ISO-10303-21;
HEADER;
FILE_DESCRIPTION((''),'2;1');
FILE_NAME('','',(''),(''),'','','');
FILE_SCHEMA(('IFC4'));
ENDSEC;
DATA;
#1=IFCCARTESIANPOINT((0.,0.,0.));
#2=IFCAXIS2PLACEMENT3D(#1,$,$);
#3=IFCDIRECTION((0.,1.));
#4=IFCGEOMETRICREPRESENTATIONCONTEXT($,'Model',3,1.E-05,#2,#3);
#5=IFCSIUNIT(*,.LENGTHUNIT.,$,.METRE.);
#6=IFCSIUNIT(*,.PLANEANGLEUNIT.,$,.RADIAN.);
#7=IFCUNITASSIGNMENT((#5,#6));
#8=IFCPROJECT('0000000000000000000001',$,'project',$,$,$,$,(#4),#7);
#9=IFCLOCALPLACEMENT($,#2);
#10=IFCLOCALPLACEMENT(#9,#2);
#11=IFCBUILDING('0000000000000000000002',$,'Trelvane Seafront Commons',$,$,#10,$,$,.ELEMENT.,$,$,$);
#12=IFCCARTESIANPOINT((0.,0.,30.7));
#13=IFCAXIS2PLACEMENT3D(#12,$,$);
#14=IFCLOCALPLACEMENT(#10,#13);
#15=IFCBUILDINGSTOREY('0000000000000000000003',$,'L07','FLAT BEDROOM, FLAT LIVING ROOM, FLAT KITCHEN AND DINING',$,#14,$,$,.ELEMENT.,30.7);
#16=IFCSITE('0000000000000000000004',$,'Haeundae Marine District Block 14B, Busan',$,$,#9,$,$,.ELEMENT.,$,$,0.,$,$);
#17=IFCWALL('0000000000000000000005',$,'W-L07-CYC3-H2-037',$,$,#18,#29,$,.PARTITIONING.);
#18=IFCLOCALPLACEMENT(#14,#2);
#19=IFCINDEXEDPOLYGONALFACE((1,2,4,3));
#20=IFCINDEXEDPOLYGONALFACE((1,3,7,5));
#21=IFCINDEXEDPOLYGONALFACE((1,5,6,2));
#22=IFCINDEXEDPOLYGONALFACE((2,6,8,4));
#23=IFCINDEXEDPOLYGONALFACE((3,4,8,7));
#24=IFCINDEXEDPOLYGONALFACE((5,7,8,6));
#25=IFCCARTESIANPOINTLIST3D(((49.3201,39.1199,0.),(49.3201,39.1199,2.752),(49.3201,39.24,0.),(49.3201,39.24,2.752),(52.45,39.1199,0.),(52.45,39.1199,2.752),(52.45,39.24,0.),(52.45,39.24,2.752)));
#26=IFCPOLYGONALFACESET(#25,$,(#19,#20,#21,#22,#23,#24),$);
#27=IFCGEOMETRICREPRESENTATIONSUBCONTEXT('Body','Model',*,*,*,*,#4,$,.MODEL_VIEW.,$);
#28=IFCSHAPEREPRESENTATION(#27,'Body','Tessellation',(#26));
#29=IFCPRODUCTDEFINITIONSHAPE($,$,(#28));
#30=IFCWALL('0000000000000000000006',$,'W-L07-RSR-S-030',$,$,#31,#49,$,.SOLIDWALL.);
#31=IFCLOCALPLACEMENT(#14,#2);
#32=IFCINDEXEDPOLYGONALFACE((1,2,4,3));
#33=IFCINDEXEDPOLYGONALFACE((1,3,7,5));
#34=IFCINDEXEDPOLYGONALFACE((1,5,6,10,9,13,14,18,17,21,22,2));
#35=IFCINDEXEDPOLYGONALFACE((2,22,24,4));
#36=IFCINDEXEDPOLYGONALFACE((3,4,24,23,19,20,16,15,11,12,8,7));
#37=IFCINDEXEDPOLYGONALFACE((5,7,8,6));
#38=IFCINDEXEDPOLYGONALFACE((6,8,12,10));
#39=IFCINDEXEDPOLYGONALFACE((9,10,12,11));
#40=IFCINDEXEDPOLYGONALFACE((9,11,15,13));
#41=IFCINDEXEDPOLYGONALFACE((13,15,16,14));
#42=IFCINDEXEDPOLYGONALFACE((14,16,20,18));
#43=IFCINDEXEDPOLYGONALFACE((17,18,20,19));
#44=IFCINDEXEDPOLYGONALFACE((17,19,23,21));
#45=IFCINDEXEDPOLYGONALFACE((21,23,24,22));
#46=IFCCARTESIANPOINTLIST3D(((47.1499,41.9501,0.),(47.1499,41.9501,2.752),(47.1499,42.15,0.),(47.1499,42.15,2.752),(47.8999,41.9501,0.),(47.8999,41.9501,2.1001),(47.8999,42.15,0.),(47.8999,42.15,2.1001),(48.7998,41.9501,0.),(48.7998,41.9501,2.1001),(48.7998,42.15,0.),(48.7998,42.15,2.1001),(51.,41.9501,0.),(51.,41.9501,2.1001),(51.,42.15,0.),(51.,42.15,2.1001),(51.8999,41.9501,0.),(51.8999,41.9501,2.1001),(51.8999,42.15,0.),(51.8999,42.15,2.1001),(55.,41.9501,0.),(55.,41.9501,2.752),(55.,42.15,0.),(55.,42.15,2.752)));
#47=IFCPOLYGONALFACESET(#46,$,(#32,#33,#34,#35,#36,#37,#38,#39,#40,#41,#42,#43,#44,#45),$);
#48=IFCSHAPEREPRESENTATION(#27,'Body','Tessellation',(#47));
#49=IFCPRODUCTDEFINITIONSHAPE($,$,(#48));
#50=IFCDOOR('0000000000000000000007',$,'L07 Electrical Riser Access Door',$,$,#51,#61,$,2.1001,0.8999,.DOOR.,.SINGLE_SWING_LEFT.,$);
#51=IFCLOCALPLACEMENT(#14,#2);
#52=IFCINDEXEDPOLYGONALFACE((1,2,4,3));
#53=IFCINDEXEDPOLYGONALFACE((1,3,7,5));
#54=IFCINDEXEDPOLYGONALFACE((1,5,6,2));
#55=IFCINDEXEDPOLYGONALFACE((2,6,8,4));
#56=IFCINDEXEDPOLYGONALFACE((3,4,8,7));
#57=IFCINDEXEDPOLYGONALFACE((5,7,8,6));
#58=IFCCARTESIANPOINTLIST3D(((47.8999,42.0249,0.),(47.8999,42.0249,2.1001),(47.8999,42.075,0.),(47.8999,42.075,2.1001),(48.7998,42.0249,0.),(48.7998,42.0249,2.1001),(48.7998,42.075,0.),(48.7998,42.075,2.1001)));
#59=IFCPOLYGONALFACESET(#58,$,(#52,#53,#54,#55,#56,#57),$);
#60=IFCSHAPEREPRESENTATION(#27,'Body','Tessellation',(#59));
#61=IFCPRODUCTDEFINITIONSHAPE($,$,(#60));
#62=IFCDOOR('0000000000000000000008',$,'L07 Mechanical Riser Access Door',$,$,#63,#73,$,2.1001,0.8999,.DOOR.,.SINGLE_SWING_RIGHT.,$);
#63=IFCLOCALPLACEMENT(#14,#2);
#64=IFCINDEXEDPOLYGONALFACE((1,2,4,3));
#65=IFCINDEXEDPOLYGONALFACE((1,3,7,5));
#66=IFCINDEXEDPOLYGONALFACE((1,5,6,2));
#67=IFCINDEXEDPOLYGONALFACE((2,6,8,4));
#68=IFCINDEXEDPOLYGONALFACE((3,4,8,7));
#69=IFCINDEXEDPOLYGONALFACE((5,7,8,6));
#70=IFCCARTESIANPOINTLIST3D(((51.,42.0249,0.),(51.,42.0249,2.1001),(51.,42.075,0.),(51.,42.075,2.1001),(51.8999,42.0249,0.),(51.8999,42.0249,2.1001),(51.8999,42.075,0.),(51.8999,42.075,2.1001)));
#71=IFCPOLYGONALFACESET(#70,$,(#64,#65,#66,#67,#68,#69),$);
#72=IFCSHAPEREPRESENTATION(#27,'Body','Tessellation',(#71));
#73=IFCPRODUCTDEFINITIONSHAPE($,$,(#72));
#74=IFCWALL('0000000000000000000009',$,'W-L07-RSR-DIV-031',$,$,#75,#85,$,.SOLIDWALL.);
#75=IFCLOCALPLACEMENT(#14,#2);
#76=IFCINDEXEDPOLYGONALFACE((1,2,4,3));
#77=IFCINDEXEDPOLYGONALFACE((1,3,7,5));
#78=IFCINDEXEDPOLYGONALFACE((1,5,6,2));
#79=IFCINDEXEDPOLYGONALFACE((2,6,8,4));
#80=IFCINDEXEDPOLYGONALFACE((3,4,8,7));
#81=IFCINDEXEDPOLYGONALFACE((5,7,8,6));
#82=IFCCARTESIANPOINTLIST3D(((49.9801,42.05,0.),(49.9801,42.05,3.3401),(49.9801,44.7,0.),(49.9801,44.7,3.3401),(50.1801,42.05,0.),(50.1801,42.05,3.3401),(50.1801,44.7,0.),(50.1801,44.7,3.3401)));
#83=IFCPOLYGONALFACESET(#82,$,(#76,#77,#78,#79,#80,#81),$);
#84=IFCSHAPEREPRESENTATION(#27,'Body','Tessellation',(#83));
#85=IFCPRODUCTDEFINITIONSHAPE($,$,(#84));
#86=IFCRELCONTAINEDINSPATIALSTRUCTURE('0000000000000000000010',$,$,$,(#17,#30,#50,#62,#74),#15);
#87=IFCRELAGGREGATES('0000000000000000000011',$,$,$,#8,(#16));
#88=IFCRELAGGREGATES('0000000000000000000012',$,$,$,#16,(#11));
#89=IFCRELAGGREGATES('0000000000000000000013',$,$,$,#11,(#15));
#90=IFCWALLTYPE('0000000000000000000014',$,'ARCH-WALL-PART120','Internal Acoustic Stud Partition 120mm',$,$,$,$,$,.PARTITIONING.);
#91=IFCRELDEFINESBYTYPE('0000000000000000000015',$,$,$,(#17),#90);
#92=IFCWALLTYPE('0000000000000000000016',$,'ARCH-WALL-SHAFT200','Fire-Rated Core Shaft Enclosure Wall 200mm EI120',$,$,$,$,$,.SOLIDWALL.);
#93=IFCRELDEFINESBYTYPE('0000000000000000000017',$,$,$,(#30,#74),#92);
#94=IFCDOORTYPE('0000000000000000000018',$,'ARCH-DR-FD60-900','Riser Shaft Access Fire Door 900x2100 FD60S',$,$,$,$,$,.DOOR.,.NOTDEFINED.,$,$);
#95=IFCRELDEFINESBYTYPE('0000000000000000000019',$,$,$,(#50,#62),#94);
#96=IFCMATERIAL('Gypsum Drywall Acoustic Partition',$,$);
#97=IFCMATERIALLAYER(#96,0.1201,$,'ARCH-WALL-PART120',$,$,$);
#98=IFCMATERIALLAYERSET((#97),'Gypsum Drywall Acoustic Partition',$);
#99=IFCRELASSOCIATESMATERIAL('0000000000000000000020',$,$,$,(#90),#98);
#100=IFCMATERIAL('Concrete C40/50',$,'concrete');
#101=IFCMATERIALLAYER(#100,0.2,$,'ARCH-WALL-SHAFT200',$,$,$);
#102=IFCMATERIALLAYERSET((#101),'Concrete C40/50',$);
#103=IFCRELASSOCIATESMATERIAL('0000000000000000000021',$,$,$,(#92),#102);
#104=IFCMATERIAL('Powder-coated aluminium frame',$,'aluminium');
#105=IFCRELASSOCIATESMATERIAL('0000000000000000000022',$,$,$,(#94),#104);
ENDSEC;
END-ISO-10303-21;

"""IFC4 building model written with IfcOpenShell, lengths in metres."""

from ifc_helpers import new_model, si_unit, direction, frame, frame_2d, origin, place, context, subcontext, project, spatial, rectangle, extrude, source, transform, mapped, material, layer, layer_set, type_object, element, fill, save


model = new_model("IFC4")

# Units and contexts
model_context = context("Model", 3, precision=1e-05, world=origin(), true_north=direction((0.0, 1.0)))
body_context = subcontext(model_context, "Body", "Model", "MODEL_VIEW")
ifc_project = project(units=[si_unit("LENGTHUNIT", "METRE"), si_unit("PLANEANGLEUNIT", "RADIAN")], contexts=[model_context])

# Site, building, storey
site_placement = place(None, origin())
site = spatial("IfcSite", under=ifc_project, at=site_placement, Name="Haeundae Marine District Block 14B, Busan", CompositionType="ELEMENT", RefElevation=0.0)
building_placement = place(site_placement, origin())
building = spatial("IfcBuilding", under=site, at=building_placement, Name="Trelvane Seafront Commons", CompositionType="ELEMENT")
storey_placement = place(building_placement, frame((0.0, 0.0, 30.7)))
storey = spatial("IfcBuildingStorey", under=building, at=storey_placement, Name="L07", Description="FLAT BEDROOM, FLAT LIVING ROOM, FLAT KITCHEN AND DINING", CompositionType="ELEMENT", Elevation=30.7)

# Wall
ifc_material_1 = material(Name="Gypsum Drywall Acoustic Partition")
ifc_layer_1 = layer(ifc_material_1, 0.1201, Name="ARCH-WALL-PART120")
ifc_layer_set_1 = layer_set([ifc_layer_1], Name="Gypsum Drywall Acoustic Partition")
wall_type_1 = type_object("IfcWallType", Name="ARCH-WALL-PART120", Description="Internal Acoustic Stud Partition 120mm", PredefinedType="PARTITIONING", material=ifc_layer_set_1)
for number, where, z_axis, x_axis, name in (
    (1, (49.3201, 39.1799, 0.0), (0.0, 0.0, 1.0), (1.0, 0.0, 0.0), "W-L07-CYC3-H2-037"),
):
    element("IfcWall", number, at=place(storey_placement, frame(where, z_axis=z_axis, x_axis=x_axis)), inside=storey, type_object=wall_type_1, Name=name, PredefinedType="PARTITIONING", context=body_context, shape_type="SweptSolid", body=[
        extrude(rectangle(XDim=3.1299, YDim=0.1201, at=frame_2d((1.5649, 0.0))), origin(), (0.0, 0.0, 1.0), 2.752),
    ])

# Wall, openings, doors
ifc_material_2 = material(Name="Concrete C40/50", Category="concrete")
ifc_layer_2 = layer(ifc_material_2, 0.2, Name="ARCH-WALL-SHAFT200")
ifc_layer_set_2 = layer_set([ifc_layer_2], Name="Concrete C40/50")
wall_type_2 = type_object("IfcWallType", Name="ARCH-WALL-SHAFT200", Description="Fire-Rated Core Shaft Enclosure Wall 200mm EI120", PredefinedType="SOLIDWALL", material=ifc_layer_set_2)
wall_1_placement = place(storey_placement, frame((47.1499, 42.05, 0.0), z_axis=(0.0, 0.0, 1.0), x_axis=(1.0, 0.0, 0.0)))
wall_1 = element("IfcWall", 2, at=wall_1_placement, inside=storey, type_object=wall_type_2, Name="W-L07-RSR-S-030", PredefinedType="SOLIDWALL", context=body_context, shape_type="SweptSolid", body=[
    extrude(rectangle(XDim=7.8501, YDim=0.2, at=frame_2d((3.925, 0.0))), origin(), (0.0, 0.0, 1.0), 2.752),
])
opening_1_placement = place(wall_1_placement, frame((0.75, 0.0, 0.0)))
opening_1 = element("IfcOpeningElement", 3, at=opening_1_placement, cuts=wall_1, PredefinedType="OPENING", context=body_context, shape_type="SweptSolid", body=[
    extrude(rectangle(XDim=0.8999, YDim=2.1001, at=frame_2d((0.45, 1.05))), frame((0.0, 0.1099, 0.0), z_axis=(0.0, -1.0, 0.0), x_axis=(1.0, 0.0, 0.0)), (0.0, 0.0, 1.0), 0.22),
])
opening_2_placement = place(wall_1_placement, frame((3.8501, 0.0, 0.0)))
opening_2 = element("IfcOpeningElement", 4, at=opening_2_placement, cuts=wall_1, PredefinedType="OPENING", context=body_context, shape_type="SweptSolid", body=[
    extrude(rectangle(XDim=0.8999, YDim=2.1001, at=frame_2d((0.45, 1.05))), frame((0.0, 0.1099, 0.0), z_axis=(0.0, -1.0, 0.0), x_axis=(1.0, 0.0, 0.0)), (0.0, 0.0, 1.0), 0.22),
])
ifc_material_3 = material(Name="Powder-coated aluminium frame", Category="aluminium")
door_type = type_object("IfcDoorType", Name="ARCH-DR-FD60-900", Description="Riser Shaft Access Fire Door 900x2100 FD60S", OperationType="NOTDEFINED", PredefinedType="DOOR", material=ifc_material_3)
shared_shape_1 = source(origin(), body_context, "Body", "SweptSolid", [
    extrude(rectangle(XDim=0.8999, YDim=2.1001, at=frame_2d((0.45, 1.05))), frame((0.0, 0.0249, 0.0), z_axis=(0.0, -1.0, 0.0), x_axis=(1.0, 0.0, 0.0)), (0.0, 0.0, 1.0), 0.05),
])
door_1_placement = place(opening_1_placement, origin())
door_1 = element("IfcDoor", 5, at=door_1_placement, inside=storey, type_object=door_type, Name="L07 Electrical Riser Access Door", OperationType="SINGLE_SWING_LEFT", OverallHeight=2.1001, OverallWidth=0.8999, PredefinedType="DOOR", context=body_context, shape_type="MappedRepresentation", body=[
    mapped(shared_shape_1, transform((0.0, 0.0, 0.0), x_axis=(1.0, 0.0, 0.0), y_axis=(0.0, 1.0, 0.0), z_axis=(0.0, 0.0, 1.0), scale=1.0)),
])
fill(opening_1, door_1)
door_2_placement = place(opening_2_placement, origin())
door_2 = element("IfcDoor", 6, at=door_2_placement, inside=storey, type_object=door_type, Name="L07 Mechanical Riser Access Door", OperationType="SINGLE_SWING_RIGHT", OverallHeight=2.1001, OverallWidth=0.8999, PredefinedType="DOOR", context=body_context, shape_type="MappedRepresentation", body=[
    mapped(shared_shape_1, transform((0.0, 0.0, 0.0), x_axis=(1.0, 0.0, 0.0), y_axis=(0.0, 1.0, 0.0), z_axis=(0.0, 0.0, 1.0), scale=1.0)),
])
fill(opening_2, door_2)

# Wall
wall_2_placement = place(storey_placement, frame((50.0801, 42.05, 0.0), z_axis=(0.0, 0.0, 1.0), x_axis=(0.0, 1.0, 0.0)))
element("IfcWall", 7, at=wall_2_placement, inside=storey, type_object=wall_type_2, Name="W-L07-RSR-DIV-031", PredefinedType="SOLIDWALL", context=body_context, shape_type="SweptSolid", body=[
    extrude(rectangle(XDim=2.6499, YDim=0.2, at=frame_2d((1.325, 0.0))), origin(), (0.0, 0.0, 1.0), 3.3401),
])

save(model, "model.ifc")
